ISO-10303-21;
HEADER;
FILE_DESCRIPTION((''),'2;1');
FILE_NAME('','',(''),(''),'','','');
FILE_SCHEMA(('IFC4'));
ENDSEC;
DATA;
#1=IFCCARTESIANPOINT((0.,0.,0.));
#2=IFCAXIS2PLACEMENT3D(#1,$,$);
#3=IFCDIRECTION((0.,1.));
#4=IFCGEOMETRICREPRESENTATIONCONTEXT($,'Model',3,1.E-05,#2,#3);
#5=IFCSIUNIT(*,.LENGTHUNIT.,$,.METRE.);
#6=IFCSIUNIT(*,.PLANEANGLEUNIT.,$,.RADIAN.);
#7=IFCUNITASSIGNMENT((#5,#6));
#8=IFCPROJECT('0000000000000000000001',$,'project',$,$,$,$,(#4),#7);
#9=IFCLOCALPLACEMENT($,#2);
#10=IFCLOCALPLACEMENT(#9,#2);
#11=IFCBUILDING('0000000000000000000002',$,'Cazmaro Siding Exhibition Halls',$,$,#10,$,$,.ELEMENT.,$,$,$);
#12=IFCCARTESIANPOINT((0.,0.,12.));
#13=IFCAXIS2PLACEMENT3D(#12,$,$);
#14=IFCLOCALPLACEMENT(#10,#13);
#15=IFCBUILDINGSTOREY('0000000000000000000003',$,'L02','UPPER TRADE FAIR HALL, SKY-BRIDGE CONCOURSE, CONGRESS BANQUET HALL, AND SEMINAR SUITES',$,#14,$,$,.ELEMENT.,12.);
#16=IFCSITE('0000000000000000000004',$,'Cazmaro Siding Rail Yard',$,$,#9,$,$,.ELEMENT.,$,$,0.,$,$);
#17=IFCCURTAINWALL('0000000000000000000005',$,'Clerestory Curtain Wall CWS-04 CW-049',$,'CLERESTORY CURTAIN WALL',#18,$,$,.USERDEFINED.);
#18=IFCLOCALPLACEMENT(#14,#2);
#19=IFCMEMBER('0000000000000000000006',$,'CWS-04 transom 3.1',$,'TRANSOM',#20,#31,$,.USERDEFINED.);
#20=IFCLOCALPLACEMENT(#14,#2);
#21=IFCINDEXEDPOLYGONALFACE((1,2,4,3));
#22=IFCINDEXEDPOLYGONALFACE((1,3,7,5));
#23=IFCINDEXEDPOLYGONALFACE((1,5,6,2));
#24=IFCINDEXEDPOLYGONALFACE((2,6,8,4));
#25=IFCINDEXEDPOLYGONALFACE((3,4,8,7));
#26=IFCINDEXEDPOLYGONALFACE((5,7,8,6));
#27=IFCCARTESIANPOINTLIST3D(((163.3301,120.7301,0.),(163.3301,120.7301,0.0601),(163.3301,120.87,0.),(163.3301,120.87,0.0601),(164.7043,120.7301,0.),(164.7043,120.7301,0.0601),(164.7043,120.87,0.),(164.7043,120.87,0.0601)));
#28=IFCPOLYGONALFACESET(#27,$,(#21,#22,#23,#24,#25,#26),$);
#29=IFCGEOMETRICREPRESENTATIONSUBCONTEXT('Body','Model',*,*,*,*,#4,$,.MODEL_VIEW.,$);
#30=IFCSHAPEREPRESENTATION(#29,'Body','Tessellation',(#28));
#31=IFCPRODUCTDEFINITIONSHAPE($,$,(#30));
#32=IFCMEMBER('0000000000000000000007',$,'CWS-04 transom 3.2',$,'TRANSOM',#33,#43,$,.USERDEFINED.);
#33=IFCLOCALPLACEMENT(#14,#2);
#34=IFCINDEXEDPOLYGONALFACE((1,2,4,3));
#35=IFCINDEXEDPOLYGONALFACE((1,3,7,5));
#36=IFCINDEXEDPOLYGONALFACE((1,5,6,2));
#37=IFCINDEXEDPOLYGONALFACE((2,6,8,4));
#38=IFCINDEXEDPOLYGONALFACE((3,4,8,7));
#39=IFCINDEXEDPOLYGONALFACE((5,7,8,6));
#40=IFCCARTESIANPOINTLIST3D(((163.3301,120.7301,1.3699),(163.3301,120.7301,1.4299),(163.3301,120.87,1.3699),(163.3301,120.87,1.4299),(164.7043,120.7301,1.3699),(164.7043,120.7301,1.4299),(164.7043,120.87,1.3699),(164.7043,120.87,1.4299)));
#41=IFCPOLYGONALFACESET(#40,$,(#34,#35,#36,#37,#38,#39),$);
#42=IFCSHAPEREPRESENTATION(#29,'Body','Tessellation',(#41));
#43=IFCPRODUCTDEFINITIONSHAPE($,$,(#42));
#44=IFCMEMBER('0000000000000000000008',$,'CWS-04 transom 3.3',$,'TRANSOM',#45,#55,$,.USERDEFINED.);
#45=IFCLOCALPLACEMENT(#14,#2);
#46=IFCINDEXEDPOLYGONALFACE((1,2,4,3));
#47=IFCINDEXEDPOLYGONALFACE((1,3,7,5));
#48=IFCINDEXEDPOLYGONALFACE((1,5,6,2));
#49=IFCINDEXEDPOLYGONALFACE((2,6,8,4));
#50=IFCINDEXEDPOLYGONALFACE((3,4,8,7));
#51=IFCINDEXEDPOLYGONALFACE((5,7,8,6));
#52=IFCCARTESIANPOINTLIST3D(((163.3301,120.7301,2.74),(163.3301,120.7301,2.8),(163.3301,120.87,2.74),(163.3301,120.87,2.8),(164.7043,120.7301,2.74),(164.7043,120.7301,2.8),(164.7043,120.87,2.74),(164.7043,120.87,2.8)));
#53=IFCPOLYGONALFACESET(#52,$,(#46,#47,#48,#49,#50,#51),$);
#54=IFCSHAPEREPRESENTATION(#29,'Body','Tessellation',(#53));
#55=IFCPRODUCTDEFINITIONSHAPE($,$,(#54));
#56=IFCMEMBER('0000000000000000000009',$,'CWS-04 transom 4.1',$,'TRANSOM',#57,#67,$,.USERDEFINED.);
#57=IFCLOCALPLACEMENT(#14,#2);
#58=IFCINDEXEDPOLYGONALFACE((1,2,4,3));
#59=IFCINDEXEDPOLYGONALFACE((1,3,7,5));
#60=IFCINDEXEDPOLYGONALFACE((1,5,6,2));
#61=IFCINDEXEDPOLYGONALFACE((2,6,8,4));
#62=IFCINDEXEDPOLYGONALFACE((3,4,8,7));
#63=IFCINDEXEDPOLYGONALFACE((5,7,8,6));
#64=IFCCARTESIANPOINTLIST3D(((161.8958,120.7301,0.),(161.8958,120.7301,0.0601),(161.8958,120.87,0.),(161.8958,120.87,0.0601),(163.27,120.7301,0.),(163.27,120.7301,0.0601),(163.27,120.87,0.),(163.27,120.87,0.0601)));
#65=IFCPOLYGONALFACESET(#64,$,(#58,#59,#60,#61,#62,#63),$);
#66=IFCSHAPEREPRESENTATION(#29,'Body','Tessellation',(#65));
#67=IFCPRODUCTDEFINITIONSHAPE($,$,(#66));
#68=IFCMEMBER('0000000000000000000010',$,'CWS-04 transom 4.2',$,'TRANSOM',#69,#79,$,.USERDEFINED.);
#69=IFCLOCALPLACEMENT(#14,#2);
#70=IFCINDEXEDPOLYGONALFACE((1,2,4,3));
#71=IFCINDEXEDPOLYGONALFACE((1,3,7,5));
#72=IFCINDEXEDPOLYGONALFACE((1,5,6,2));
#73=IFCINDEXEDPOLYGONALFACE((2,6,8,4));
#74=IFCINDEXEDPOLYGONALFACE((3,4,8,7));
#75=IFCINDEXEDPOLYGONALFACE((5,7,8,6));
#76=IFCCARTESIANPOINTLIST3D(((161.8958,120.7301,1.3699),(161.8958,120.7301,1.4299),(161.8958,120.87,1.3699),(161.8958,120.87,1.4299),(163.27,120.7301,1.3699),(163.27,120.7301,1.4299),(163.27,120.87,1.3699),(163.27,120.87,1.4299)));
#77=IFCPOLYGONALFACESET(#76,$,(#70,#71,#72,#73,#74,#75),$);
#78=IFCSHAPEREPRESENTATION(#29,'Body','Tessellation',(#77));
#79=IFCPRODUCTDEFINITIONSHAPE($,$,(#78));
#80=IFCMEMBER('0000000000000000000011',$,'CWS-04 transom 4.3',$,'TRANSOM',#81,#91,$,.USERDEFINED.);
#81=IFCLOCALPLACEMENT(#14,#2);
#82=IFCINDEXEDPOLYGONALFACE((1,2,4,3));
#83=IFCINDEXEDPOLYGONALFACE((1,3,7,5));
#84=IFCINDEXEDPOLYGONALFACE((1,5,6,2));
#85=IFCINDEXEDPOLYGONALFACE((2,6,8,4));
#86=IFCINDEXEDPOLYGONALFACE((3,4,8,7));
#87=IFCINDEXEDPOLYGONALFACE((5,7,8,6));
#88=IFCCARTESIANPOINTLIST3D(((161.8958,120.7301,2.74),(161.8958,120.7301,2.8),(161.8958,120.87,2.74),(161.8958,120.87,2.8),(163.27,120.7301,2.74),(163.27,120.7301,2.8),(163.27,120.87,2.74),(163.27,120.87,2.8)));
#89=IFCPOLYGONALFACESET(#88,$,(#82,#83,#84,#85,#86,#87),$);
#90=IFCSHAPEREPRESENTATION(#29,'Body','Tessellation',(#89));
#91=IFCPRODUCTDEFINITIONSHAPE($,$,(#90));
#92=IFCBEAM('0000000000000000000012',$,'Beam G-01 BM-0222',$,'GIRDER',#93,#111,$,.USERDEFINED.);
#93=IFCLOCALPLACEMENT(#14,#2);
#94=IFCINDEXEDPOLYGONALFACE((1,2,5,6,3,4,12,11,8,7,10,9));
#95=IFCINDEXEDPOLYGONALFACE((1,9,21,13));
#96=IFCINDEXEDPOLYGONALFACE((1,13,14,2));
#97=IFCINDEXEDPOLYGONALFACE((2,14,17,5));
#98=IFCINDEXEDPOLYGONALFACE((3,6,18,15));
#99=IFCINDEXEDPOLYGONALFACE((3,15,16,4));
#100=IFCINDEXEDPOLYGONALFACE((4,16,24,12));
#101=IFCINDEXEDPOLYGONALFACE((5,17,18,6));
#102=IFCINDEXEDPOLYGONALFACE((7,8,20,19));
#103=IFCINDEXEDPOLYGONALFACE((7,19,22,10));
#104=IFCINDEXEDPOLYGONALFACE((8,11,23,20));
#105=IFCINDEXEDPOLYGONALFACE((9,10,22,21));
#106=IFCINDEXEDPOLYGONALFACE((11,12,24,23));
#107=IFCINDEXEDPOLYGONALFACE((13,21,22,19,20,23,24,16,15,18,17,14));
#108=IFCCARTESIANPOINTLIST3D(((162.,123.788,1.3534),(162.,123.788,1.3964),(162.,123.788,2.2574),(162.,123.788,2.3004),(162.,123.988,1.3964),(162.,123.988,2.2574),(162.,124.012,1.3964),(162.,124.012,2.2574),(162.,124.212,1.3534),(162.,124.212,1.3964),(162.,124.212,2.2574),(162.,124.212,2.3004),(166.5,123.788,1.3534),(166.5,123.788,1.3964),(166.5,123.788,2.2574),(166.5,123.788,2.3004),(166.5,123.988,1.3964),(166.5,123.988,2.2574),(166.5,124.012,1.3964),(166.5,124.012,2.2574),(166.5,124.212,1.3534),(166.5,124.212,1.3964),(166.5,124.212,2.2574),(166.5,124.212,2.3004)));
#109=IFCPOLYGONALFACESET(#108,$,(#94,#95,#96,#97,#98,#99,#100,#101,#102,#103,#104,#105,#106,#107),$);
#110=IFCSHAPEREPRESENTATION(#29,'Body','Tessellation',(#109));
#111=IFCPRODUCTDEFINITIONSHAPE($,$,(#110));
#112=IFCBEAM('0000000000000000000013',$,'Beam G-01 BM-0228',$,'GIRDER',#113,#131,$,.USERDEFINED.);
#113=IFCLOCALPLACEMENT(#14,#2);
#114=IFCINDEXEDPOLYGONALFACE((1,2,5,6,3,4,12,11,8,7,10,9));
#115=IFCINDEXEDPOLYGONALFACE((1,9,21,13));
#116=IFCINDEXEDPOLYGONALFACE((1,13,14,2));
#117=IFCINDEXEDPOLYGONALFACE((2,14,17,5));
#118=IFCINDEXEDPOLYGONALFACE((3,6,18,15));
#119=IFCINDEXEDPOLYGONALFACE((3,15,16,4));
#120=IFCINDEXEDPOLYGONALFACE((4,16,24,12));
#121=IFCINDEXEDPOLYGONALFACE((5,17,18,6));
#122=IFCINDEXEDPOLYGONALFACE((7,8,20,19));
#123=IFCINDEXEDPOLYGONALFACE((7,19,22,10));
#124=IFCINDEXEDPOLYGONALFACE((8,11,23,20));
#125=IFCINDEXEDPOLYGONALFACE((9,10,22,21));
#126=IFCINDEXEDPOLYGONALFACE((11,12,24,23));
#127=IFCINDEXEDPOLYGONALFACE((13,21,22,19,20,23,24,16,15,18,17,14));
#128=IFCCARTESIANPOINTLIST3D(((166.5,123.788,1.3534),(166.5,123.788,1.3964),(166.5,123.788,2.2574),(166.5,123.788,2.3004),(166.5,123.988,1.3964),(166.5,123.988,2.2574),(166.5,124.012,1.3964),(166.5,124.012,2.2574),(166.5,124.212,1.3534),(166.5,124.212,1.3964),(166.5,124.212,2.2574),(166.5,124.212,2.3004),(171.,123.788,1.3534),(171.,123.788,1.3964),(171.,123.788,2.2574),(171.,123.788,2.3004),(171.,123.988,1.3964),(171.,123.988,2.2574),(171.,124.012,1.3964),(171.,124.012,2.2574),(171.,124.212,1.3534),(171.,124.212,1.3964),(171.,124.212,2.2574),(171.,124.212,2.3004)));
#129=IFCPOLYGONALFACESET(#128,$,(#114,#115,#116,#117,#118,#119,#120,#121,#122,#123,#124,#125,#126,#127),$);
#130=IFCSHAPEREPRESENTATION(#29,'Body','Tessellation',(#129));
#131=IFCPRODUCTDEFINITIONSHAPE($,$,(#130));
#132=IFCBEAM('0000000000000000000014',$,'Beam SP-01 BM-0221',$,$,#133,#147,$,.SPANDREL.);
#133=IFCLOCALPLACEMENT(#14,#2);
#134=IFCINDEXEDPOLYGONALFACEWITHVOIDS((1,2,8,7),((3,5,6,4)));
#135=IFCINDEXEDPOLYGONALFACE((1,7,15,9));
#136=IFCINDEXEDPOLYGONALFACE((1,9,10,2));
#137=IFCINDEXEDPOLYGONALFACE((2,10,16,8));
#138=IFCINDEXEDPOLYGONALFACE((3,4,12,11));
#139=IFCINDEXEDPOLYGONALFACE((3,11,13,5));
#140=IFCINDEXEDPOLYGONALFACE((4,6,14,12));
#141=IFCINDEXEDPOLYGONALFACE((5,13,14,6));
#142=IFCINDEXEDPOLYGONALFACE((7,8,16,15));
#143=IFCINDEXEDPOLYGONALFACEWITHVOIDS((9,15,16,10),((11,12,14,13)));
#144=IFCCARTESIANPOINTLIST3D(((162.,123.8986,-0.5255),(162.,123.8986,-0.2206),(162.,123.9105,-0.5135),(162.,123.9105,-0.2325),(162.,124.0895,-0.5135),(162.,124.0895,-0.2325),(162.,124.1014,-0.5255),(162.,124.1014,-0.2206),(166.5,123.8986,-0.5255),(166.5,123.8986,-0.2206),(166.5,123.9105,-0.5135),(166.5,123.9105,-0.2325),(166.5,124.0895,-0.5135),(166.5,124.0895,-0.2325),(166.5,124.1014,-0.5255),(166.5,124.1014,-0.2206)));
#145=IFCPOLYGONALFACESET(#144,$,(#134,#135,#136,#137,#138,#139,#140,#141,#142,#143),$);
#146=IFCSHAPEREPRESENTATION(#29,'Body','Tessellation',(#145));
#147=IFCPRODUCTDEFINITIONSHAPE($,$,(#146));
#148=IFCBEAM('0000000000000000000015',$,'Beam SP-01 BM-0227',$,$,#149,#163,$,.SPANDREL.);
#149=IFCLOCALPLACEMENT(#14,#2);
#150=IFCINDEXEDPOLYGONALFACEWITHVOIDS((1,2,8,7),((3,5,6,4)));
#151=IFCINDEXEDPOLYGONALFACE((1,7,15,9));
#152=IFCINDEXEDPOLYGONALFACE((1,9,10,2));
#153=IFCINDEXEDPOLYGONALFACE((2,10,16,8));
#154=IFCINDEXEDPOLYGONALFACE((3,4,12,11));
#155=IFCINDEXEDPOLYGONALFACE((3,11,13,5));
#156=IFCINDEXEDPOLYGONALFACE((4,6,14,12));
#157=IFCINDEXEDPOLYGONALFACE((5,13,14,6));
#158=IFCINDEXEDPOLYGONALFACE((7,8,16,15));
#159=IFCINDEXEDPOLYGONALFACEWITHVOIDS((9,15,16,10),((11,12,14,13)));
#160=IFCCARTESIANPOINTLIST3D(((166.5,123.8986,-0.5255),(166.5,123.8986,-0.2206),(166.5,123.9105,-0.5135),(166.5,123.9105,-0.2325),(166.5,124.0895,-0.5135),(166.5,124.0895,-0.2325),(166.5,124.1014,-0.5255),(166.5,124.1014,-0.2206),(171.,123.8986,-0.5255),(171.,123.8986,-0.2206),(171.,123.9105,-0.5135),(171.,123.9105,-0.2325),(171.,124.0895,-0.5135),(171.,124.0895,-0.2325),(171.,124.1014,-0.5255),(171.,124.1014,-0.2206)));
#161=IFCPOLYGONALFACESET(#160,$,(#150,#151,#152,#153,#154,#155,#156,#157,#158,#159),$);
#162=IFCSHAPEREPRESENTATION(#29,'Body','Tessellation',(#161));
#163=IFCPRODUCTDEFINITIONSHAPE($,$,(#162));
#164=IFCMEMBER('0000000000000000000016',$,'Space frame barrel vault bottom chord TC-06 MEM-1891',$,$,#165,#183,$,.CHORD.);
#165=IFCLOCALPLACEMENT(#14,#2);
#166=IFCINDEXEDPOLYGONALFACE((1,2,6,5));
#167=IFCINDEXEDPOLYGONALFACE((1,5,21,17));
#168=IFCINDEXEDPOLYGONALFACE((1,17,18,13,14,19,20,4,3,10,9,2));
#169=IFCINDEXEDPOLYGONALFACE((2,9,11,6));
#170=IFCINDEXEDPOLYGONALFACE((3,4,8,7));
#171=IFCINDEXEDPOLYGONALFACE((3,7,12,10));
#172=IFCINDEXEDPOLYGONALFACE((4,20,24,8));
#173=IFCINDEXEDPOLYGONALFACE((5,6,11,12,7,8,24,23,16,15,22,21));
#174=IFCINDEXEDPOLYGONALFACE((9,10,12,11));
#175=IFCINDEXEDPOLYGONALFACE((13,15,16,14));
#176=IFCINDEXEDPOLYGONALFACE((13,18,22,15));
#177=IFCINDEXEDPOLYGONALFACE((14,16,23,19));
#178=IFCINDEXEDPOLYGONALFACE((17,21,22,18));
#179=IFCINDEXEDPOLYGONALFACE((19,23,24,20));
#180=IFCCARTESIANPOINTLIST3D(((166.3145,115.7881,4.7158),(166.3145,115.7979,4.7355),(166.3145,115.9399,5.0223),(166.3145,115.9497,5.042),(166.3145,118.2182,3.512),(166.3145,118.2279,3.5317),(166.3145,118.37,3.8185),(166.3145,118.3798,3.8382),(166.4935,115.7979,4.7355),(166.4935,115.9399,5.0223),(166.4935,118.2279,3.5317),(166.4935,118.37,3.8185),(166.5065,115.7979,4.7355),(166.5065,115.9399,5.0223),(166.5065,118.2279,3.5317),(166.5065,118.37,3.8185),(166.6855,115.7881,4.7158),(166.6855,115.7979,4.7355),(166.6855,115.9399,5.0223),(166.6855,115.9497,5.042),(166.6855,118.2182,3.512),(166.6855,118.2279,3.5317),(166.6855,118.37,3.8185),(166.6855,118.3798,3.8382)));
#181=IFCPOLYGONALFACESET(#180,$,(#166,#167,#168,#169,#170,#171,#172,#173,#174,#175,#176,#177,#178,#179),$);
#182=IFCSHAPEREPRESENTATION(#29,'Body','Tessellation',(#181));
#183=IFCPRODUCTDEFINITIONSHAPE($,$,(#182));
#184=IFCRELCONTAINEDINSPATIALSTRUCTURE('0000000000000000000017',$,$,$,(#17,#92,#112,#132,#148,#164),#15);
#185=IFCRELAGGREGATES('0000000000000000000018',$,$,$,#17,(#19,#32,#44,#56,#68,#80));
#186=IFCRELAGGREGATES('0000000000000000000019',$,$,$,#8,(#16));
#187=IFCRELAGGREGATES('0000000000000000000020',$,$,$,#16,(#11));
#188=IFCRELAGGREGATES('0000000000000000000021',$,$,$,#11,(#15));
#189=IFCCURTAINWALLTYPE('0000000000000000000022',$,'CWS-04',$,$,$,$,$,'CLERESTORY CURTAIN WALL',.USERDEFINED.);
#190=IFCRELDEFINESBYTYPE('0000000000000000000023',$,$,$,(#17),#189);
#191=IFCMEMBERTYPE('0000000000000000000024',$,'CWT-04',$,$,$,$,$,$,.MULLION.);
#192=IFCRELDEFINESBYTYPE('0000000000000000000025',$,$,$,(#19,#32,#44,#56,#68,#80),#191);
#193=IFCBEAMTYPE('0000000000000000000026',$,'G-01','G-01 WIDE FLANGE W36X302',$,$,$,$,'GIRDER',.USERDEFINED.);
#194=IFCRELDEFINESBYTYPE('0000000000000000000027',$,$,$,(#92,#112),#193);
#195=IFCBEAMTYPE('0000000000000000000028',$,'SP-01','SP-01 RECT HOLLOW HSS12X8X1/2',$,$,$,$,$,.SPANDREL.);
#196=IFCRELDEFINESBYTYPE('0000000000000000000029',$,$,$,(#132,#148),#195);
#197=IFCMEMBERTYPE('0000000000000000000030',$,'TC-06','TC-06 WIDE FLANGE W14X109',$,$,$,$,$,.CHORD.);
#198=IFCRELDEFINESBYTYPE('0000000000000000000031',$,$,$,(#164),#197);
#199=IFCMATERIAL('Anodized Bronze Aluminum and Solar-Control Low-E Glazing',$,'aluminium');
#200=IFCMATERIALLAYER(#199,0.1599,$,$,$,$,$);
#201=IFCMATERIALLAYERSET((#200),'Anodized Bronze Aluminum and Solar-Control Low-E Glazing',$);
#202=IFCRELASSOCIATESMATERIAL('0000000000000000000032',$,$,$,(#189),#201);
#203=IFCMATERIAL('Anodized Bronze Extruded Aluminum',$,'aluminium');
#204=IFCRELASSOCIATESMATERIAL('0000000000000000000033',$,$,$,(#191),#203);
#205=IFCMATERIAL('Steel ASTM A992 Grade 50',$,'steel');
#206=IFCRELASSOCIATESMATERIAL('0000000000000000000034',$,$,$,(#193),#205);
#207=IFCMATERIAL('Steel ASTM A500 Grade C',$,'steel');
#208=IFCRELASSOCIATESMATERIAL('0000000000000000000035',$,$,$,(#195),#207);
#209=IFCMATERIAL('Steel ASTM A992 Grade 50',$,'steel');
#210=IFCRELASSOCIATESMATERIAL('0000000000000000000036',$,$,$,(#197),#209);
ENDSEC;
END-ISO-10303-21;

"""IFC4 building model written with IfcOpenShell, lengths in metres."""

from ifc_helpers import new_model, si_unit, direction, frame, origin, origin_2d, place, context, subcontext, project, spatial, rectangle, hollow_rectangle, i_section, extrude, material, layer, layer_set, material_profile, profile_set, type_object, element, aggregate, save


model = new_model("IFC4")

# Units and contexts
model_context = context("Model", 3, precision=1e-05, world=origin(), true_north=direction((0.0, 1.0)))
body_context = subcontext(model_context, "Body", "Model", "MODEL_VIEW")
ifc_project = project(units=[si_unit("LENGTHUNIT", "METRE"), si_unit("PLANEANGLEUNIT", "RADIAN")], contexts=[model_context])

# Site, building, storey
site_placement = place(None, origin())
site = spatial("IfcSite", under=ifc_project, at=site_placement, Name="Cazmaro Siding Rail Yard", CompositionType="ELEMENT", RefElevation=0.0)
building_placement = place(site_placement, origin())
building = spatial("IfcBuilding", under=site, at=building_placement, Name="Cazmaro Siding Exhibition Halls", CompositionType="ELEMENT")
storey_placement = place(building_placement, frame((0.0, 0.0, 12.0)))
storey = spatial("IfcBuildingStorey", under=building, at=storey_placement, Name="L02", Description="UPPER TRADE FAIR HALL, SKY-BRIDGE CONCOURSE, CONGRESS BANQUET HALL, AND SEMINAR SUITES", CompositionType="ELEMENT", Elevation=12.0)

# Curtain wall, members
ifc_material_1 = material(Name="Anodized Bronze Aluminum and Solar-Control Low-E Glazing", Category="aluminium")
ifc_layer_1 = layer(ifc_material_1, 0.1599)
ifc_layer_set_1 = layer_set([ifc_layer_1], Name="Anodized Bronze Aluminum and Solar-Control Low-E Glazing")
curtain_wall_type = type_object("IfcCurtainWallType", Name="CWS-04", ElementType="CLERESTORY CURTAIN WALL", PredefinedType="USERDEFINED", material=ifc_layer_set_1)
curtain_wall_placement = place(storey_placement, origin())
curtain_wall = element("IfcCurtainWall", 1, at=curtain_wall_placement, inside=storey, type_object=curtain_wall_type, Name="Clerestory Curtain Wall CWS-04 CW-049", ObjectType="CLERESTORY CURTAIN WALL", PredefinedType="USERDEFINED")
ifc_material_2 = material(Name="Anodized Bronze Extruded Aluminum", Category="aluminium")
ifc_material_profile_1 = material_profile(ifc_material_2, rectangle(XDim=0.1399, YDim=0.0601, at=origin_2d()), Name="CWT-04")
ifc_profile_set_1 = profile_set([ifc_material_profile_1], Name="Anodized Bronze Extruded Aluminum")
member_type_1 = type_object("IfcMemberType", Name="CWT-04", PredefinedType="MULLION", material=ifc_profile_set_1)
member_1_placement = place(storey_placement, frame((164.7043, 120.8, 0.03), z_axis=(-1.0, 0.0, 0.0), x_axis=(0.0, -1.0, 0.0)))
member_1 = element("IfcMember", 2, at=member_1_placement, type_object=member_type_1, Name="CWS-04 transom 3.1", ObjectType="TRANSOM", PredefinedType="USERDEFINED", context=body_context, shape_type="SweptSolid", body=[
    extrude(rectangle(XDim=0.1399, YDim=0.0601, at=origin_2d()), origin(), (0.0, 0.0, 1.0), 1.3743),
])
member_2_placement = place(storey_placement, frame((164.7043, 120.8, 1.3999), z_axis=(-1.0, 0.0, 0.0), x_axis=(0.0, -1.0, 0.0)))
member_2 = element("IfcMember", 3, at=member_2_placement, type_object=member_type_1, Name="CWS-04 transom 3.2", ObjectType="TRANSOM", PredefinedType="USERDEFINED", context=body_context, shape_type="SweptSolid", body=[
    extrude(rectangle(XDim=0.1399, YDim=0.0601, at=origin_2d()), origin(), (0.0, 0.0, 1.0), 1.3743),
])
member_3_placement = place(storey_placement, frame((164.7043, 120.8, 2.77), z_axis=(-1.0, 0.0, 0.0), x_axis=(0.0, -1.0, 0.0)))
member_3 = element("IfcMember", 4, at=member_3_placement, type_object=member_type_1, Name="CWS-04 transom 3.3", ObjectType="TRANSOM", PredefinedType="USERDEFINED", context=body_context, shape_type="SweptSolid", body=[
    extrude(rectangle(XDim=0.1399, YDim=0.0601, at=origin_2d()), origin(), (0.0, 0.0, 1.0), 1.3743),
])
member_4_placement = place(storey_placement, frame((163.27, 120.8, 0.03), z_axis=(-1.0, 0.0, 0.0), x_axis=(0.0, -1.0, 0.0)))
member_4 = element("IfcMember", 5, at=member_4_placement, type_object=member_type_1, Name="CWS-04 transom 4.1", ObjectType="TRANSOM", PredefinedType="USERDEFINED", context=body_context, shape_type="SweptSolid", body=[
    extrude(rectangle(XDim=0.1399, YDim=0.0601, at=origin_2d()), origin(), (0.0, 0.0, 1.0), 1.3743),
])
member_5_placement = place(storey_placement, frame((163.27, 120.8, 1.3999), z_axis=(-1.0, 0.0, 0.0), x_axis=(0.0, -1.0, 0.0)))
member_5 = element("IfcMember", 6, at=member_5_placement, type_object=member_type_1, Name="CWS-04 transom 4.2", ObjectType="TRANSOM", PredefinedType="USERDEFINED", context=body_context, shape_type="SweptSolid", body=[
    extrude(rectangle(XDim=0.1399, YDim=0.0601, at=origin_2d()), origin(), (0.0, 0.0, 1.0), 1.3743),
])
member_6_placement = place(storey_placement, frame((163.27, 120.8, 2.77), z_axis=(-1.0, 0.0, 0.0), x_axis=(0.0, -1.0, 0.0)))
member_6 = element("IfcMember", 7, at=member_6_placement, type_object=member_type_1, Name="CWS-04 transom 4.3", ObjectType="TRANSOM", PredefinedType="USERDEFINED", context=body_context, shape_type="SweptSolid", body=[
    extrude(rectangle(XDim=0.1399, YDim=0.0601, at=origin_2d()), origin(), (0.0, 0.0, 1.0), 1.3743),
])

# Beams
ifc_material_3 = material(Name="Steel ASTM A992 Grade 50", Category="steel")
ifc_material_profile_2 = material_profile(ifc_material_3, i_section(OverallWidth=0.4241, OverallDepth=0.947, WebThickness=0.0239, FlangeThickness=0.043, at=origin_2d()), Name="W36X302")
ifc_profile_set_2 = profile_set([ifc_material_profile_2], Name="Steel ASTM A992 Grade 50")
beam_type_1 = type_object("IfcBeamType", Name="G-01", Description="G-01 WIDE FLANGE W36X302", ElementType="GIRDER", PredefinedType="USERDEFINED", material=ifc_profile_set_2)
for number, where, z_axis, x_axis, name in (
    (8, (162.0, 124.0, 1.8269), (1.0, 0.0, 0.0), (0.0, 1.0, 0.0), "Beam G-01 BM-0222"),
    (9, (166.5, 124.0, 1.8269), (1.0, 0.0, 0.0), (0.0, 1.0, 0.0), "Beam G-01 BM-0228"),
):
    element("IfcBeam", number, at=place(storey_placement, frame(where, z_axis=z_axis, x_axis=x_axis)), inside=storey, type_object=beam_type_1, Name=name, ObjectType="GIRDER", PredefinedType="USERDEFINED", context=body_context, shape_type="SweptSolid", body=[
        extrude(i_section(OverallWidth=0.4241, OverallDepth=0.947, WebThickness=0.0239, FlangeThickness=0.043, at=origin_2d()), origin(), (0.0, 0.0, 1.0), 4.5),
    ])
ifc_material_4 = material(Name="Steel ASTM A500 Grade C", Category="steel")
ifc_material_profile_3 = material_profile(ifc_material_4, hollow_rectangle(XDim=0.2029, YDim=0.3049, WallThickness=0.012, at=origin_2d()), Name="HSS12X8X1/2")
ifc_profile_set_3 = profile_set([ifc_material_profile_3], Name="Steel ASTM A500 Grade C")
beam_type_2 = type_object("IfcBeamType", Name="SP-01", Description="SP-01 RECT HOLLOW HSS12X8X1/2", PredefinedType="SPANDREL", material=ifc_profile_set_3)
for number, where, z_axis, x_axis, name in (
    (10, (162.0, 124.0, -0.373), (1.0, 0.0, 0.0), (0.0, 1.0, 0.0), "Beam SP-01 BM-0221"),
    (11, (166.5, 124.0, -0.373), (1.0, 0.0, 0.0), (0.0, 1.0, 0.0), "Beam SP-01 BM-0227"),
):
    element("IfcBeam", number, at=place(storey_placement, frame(where, z_axis=z_axis, x_axis=x_axis)), inside=storey, type_object=beam_type_2, Name=name, PredefinedType="SPANDREL", context=body_context, shape_type="SweptSolid", body=[
        extrude(hollow_rectangle(XDim=0.2029, YDim=0.3049, WallThickness=0.012, at=origin_2d()), origin(), (0.0, 0.0, 1.0), 4.5),
    ])

# Member
ifc_material_5 = material(Name="Steel ASTM A992 Grade 50", Category="steel")
ifc_material_profile_4 = material_profile(ifc_material_5, i_section(OverallWidth=0.3711, OverallDepth=0.364, WebThickness=0.0129, FlangeThickness=0.022, at=origin_2d()), Name="W14X109")
ifc_profile_set_4 = profile_set([ifc_material_profile_4], Name="Steel ASTM A992 Grade 50")
member_type_2 = type_object("IfcMemberType", Name="TC-06", Description="TC-06 WIDE FLANGE W14X109", PredefinedType="CHORD", material=ifc_profile_set_4)
member_7_placement = place(storey_placement, frame((166.5, 115.8689, 4.8789), z_axis=(0.0, 0.896077, -0.443898), x_axis=(-1.0, 0.0, 0.0)))
element("IfcMember", 12, at=member_7_placement, inside=storey, type_object=member_type_2, Name="Space frame barrel vault bottom chord TC-06 MEM-1891", PredefinedType="CHORD", context=body_context, shape_type="SweptSolid", body=[
    extrude(i_section(OverallWidth=0.3711, OverallDepth=0.364, WebThickness=0.0129, FlangeThickness=0.022, at=origin_2d()), origin(), (0.0, 0.0, 1.0), 2.7119),
])

aggregate(curtain_wall, [member_1, member_2, member_3, member_4, member_5, member_6])

save(model, "model.ifc")
